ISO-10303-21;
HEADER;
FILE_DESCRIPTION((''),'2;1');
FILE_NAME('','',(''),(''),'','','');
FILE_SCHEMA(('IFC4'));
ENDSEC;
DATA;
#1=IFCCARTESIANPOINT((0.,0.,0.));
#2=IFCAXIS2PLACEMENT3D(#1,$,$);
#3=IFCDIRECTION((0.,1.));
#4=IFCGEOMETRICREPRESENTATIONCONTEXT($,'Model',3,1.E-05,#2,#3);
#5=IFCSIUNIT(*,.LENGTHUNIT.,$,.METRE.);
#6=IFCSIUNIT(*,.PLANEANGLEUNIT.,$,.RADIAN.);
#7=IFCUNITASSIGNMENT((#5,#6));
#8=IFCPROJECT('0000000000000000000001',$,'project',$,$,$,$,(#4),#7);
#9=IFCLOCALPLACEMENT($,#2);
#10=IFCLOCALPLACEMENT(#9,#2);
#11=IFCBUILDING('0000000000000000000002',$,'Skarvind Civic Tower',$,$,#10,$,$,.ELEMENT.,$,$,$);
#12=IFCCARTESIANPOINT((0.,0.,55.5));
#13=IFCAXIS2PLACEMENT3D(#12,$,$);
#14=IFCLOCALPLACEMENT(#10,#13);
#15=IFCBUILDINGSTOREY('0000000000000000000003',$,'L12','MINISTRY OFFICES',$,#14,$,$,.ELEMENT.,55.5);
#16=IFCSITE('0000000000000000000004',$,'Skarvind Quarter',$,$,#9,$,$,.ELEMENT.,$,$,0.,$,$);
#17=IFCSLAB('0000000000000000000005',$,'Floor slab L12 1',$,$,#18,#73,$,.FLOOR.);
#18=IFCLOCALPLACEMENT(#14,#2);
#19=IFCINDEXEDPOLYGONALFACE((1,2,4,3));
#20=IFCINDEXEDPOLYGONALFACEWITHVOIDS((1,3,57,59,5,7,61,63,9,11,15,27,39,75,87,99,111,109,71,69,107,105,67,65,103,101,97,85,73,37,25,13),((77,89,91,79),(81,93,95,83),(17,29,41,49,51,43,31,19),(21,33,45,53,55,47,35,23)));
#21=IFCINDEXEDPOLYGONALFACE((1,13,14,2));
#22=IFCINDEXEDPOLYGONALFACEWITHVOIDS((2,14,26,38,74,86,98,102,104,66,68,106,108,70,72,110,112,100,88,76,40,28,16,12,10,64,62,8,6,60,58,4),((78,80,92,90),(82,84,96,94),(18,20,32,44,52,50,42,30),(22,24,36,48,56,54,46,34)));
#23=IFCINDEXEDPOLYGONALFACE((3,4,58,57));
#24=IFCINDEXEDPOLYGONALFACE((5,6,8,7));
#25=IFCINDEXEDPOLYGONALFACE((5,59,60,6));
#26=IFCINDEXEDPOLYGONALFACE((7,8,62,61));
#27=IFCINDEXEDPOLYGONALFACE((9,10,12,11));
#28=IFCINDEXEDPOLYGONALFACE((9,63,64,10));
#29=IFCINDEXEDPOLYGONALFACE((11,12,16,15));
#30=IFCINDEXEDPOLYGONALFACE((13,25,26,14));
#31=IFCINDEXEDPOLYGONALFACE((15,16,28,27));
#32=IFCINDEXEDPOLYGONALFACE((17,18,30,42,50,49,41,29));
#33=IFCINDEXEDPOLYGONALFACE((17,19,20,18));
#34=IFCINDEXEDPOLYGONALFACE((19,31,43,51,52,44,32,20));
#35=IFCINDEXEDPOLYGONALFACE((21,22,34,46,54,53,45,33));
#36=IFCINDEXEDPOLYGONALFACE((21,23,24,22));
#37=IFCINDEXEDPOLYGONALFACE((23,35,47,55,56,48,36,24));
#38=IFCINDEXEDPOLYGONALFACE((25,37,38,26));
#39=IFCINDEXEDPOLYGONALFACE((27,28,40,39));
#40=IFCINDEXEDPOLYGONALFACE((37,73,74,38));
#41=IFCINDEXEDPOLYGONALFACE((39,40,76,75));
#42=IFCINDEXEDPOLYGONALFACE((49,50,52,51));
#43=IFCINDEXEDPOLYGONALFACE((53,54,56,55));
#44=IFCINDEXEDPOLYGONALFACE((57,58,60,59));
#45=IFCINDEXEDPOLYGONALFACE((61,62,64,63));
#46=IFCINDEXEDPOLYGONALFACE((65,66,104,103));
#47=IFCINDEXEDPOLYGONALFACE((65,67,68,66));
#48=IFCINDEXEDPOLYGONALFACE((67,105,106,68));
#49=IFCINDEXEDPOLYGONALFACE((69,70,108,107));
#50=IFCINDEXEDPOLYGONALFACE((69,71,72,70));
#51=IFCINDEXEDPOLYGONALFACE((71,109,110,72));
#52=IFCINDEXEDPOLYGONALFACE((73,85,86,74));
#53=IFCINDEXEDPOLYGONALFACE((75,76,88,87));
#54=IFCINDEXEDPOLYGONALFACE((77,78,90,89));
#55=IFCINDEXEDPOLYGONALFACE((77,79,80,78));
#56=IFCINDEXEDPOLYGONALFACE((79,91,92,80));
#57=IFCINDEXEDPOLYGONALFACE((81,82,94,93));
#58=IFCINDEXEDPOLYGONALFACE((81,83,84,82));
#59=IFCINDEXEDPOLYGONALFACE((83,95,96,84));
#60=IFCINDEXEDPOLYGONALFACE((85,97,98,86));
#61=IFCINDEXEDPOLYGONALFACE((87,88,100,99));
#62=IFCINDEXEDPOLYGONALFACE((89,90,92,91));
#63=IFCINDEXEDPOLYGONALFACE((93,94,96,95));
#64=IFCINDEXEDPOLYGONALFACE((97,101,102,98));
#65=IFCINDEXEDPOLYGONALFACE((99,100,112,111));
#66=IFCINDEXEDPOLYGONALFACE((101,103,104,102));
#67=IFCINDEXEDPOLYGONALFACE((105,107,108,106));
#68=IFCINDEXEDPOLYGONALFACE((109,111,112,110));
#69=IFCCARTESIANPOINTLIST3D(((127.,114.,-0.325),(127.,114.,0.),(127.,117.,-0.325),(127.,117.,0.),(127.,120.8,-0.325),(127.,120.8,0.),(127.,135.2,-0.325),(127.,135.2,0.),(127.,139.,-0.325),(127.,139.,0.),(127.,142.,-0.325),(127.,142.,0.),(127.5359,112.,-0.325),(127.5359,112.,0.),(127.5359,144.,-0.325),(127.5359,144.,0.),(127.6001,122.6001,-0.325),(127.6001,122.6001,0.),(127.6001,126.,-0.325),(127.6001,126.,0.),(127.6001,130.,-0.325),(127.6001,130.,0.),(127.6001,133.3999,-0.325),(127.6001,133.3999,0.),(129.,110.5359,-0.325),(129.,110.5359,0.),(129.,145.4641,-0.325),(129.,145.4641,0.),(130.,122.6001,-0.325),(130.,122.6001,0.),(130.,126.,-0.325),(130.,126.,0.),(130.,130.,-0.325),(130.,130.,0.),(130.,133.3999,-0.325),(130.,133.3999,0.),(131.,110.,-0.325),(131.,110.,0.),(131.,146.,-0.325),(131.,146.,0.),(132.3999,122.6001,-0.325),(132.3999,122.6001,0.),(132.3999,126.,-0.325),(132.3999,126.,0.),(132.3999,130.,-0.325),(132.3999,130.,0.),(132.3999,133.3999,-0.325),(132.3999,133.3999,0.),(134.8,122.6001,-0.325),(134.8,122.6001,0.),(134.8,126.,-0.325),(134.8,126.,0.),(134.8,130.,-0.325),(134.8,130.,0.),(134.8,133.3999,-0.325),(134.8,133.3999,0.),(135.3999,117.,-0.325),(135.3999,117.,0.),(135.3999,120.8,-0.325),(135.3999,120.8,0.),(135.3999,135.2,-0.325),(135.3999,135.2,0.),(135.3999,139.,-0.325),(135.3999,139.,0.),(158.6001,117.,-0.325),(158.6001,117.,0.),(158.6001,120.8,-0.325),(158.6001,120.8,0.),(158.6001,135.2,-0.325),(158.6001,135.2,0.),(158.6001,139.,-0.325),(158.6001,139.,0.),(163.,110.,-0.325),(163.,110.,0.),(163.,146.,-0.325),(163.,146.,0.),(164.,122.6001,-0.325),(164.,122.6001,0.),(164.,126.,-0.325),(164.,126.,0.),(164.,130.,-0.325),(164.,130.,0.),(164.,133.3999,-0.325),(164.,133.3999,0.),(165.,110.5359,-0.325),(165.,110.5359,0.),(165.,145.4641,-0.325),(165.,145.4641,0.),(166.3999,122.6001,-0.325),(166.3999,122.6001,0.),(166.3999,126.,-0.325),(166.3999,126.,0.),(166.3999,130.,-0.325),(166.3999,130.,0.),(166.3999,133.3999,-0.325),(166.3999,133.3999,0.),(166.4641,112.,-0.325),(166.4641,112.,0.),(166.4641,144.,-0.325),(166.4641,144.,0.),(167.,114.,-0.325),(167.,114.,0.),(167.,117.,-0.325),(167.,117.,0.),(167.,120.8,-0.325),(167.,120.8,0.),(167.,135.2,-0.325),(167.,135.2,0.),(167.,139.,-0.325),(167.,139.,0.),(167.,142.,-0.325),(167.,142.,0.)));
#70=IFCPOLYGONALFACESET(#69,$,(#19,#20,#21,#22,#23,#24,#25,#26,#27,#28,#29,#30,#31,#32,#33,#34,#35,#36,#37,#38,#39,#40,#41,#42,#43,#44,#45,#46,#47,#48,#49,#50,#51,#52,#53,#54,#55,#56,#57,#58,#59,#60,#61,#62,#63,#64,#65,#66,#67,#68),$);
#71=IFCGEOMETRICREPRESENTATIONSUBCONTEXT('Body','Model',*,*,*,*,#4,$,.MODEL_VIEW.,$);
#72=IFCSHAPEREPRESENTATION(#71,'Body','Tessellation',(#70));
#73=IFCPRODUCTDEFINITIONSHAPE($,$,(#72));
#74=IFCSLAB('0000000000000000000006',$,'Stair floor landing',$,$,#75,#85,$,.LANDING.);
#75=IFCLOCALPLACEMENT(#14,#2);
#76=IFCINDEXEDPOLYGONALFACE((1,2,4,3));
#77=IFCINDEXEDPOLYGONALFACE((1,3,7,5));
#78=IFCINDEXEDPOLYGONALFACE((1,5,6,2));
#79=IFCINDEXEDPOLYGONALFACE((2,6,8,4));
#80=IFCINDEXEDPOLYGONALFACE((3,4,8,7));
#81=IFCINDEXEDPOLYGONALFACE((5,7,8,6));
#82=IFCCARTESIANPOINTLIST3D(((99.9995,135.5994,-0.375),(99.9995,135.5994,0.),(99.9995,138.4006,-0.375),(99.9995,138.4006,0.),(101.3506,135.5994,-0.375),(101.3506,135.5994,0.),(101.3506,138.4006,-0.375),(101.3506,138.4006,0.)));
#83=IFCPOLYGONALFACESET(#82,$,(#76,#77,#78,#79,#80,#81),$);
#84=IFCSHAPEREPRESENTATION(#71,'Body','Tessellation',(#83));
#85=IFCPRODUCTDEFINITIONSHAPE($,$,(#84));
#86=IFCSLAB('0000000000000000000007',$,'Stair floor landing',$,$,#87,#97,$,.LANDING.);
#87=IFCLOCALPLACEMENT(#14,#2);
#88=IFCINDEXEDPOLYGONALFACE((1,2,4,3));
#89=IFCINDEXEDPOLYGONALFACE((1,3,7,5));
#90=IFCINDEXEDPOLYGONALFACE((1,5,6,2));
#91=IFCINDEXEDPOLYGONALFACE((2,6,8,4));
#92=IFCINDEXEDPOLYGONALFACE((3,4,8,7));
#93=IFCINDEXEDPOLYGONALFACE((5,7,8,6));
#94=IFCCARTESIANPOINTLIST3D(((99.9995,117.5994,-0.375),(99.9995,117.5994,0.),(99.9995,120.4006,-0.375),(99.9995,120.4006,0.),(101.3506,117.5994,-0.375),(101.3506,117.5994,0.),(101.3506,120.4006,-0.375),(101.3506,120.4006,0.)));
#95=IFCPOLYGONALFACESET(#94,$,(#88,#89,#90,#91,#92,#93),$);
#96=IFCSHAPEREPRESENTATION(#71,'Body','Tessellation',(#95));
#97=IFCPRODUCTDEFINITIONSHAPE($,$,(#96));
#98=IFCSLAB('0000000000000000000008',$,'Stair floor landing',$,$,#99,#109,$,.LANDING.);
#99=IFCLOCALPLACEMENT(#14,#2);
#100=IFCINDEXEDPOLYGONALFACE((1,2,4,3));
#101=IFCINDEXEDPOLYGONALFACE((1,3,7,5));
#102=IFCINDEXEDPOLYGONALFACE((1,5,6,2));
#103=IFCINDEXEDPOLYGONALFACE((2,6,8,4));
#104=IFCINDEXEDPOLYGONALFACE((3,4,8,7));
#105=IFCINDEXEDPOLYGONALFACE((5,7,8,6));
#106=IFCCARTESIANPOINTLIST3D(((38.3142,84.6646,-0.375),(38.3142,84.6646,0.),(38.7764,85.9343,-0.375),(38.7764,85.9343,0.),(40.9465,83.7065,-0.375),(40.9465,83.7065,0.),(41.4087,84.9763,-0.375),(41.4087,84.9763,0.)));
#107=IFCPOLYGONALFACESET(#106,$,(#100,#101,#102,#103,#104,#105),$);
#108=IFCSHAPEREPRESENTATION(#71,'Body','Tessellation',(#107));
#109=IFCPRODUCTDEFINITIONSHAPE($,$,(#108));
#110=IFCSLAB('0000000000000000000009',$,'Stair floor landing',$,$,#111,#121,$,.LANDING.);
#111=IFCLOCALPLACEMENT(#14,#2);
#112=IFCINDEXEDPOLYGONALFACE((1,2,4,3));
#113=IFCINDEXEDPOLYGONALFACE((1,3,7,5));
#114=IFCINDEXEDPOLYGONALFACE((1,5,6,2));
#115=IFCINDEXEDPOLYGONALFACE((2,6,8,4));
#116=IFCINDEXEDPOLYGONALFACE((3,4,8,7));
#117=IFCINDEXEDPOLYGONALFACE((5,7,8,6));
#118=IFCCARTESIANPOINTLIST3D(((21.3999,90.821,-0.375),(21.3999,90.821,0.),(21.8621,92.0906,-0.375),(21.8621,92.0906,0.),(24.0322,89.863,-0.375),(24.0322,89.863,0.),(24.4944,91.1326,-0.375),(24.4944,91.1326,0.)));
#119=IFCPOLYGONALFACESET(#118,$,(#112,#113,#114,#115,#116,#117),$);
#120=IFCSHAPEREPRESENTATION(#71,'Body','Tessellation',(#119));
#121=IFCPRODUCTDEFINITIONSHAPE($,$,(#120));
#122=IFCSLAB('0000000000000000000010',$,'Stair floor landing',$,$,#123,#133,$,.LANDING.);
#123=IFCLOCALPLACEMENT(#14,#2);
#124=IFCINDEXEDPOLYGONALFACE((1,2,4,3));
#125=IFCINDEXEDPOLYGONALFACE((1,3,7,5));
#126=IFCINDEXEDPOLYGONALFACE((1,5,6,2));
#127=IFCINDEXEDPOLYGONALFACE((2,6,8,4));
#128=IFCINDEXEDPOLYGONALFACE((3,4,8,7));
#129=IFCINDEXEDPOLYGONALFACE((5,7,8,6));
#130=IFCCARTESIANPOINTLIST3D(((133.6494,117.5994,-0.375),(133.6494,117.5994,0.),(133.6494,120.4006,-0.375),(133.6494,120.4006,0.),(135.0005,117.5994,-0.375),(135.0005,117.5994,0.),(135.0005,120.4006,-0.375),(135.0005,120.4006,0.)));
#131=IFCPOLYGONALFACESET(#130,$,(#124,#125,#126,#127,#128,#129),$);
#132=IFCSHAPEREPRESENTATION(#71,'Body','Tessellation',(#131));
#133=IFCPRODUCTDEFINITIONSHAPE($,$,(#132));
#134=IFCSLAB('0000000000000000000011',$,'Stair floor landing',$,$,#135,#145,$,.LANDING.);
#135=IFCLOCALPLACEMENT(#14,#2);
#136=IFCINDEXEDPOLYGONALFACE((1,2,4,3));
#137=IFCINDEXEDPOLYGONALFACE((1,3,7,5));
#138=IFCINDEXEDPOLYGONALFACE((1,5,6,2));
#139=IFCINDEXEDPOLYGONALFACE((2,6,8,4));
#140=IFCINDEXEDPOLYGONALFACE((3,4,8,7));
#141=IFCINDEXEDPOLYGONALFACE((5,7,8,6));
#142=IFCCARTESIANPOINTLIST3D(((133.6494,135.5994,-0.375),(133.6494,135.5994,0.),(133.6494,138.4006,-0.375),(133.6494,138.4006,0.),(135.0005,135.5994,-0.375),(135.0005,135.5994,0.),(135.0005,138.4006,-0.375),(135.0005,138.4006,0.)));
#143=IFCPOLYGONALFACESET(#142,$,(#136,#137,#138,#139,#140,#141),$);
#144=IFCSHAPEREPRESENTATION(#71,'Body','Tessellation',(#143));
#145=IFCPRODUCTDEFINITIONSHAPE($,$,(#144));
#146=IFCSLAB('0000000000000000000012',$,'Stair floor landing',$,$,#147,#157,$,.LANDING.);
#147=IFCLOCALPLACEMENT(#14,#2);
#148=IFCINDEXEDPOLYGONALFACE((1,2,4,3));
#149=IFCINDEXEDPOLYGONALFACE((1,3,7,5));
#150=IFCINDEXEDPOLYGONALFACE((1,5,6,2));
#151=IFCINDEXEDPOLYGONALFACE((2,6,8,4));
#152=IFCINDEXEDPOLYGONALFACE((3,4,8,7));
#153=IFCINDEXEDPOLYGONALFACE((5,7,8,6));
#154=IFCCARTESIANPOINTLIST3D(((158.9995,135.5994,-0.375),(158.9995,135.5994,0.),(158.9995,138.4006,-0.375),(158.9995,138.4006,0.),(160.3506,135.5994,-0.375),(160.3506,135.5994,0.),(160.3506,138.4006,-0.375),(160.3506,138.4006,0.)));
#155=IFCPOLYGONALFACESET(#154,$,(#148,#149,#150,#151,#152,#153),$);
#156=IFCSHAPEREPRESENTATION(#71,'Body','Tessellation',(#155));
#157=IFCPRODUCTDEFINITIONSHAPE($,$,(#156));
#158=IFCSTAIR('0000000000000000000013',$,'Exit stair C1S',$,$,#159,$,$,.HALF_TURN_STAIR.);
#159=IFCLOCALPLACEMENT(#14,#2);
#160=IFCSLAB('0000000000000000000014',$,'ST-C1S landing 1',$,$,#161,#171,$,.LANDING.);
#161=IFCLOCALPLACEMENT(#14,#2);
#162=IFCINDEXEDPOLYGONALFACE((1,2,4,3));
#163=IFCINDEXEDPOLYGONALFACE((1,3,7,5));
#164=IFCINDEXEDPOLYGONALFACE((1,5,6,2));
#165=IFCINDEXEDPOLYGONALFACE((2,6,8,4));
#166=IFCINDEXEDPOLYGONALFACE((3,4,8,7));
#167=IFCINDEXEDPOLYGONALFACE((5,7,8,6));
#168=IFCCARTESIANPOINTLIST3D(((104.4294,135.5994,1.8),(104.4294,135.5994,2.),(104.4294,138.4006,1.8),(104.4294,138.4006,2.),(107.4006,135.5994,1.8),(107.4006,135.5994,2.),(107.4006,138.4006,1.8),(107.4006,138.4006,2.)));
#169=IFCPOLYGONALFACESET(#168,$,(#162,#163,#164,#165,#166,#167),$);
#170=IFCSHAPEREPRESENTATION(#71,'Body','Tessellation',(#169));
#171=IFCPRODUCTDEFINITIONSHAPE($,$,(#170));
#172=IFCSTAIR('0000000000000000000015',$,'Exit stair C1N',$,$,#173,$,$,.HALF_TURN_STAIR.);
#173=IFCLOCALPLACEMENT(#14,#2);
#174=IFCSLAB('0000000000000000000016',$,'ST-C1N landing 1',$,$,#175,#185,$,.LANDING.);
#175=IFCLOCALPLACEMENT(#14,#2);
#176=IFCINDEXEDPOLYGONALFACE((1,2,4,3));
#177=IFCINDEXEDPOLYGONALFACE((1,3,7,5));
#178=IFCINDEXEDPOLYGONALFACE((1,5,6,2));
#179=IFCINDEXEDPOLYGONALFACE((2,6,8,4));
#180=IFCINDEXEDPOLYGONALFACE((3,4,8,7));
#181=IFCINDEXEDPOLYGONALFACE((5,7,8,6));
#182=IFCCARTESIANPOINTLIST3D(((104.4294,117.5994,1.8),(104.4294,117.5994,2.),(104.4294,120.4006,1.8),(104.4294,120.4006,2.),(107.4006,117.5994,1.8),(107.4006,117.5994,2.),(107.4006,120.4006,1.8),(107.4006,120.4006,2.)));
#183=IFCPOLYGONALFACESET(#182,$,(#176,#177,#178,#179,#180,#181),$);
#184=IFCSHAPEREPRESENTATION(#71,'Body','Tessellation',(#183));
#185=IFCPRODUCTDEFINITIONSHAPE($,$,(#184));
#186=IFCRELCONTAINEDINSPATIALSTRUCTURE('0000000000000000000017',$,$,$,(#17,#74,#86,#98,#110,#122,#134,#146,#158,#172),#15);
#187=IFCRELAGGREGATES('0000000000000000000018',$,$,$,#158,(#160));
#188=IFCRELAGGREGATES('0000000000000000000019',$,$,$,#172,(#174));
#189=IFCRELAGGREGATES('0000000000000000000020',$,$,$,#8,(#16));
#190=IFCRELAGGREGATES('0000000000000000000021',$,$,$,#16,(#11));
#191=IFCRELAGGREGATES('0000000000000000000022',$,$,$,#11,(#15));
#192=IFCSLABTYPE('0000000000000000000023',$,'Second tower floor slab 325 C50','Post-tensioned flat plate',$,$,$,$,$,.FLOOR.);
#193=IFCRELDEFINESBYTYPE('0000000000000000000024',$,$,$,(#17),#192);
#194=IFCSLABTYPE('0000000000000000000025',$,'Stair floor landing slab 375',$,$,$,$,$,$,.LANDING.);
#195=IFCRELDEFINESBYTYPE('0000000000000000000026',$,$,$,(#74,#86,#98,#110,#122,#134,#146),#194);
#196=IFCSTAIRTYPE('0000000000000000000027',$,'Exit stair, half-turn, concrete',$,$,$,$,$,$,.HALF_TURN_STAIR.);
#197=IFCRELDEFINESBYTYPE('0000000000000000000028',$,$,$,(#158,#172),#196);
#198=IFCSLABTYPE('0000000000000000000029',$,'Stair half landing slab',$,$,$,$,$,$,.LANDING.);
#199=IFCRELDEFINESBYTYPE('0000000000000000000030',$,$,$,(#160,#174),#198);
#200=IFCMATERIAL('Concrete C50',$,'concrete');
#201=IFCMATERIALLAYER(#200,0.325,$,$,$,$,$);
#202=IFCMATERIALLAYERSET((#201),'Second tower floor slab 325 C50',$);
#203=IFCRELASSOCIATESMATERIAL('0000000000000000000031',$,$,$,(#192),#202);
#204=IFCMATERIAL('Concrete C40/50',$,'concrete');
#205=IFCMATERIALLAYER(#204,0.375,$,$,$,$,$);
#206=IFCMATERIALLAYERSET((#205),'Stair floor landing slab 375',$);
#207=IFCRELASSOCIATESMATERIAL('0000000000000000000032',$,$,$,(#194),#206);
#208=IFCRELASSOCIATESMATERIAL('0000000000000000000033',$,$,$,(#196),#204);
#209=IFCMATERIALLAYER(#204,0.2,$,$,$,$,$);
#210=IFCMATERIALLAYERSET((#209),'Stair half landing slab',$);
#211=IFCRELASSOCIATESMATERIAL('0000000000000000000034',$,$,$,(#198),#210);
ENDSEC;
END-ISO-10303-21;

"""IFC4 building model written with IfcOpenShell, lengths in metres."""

from ifc_helpers import new_model, si_unit, direction, frame, origin, place, context, subcontext, project, spatial, polyline, outline, extrude, material, layer, layer_set, type_object, element, aggregate, save


model = new_model("IFC4")

# Units and contexts
model_context = context("Model", 3, precision=1e-05, world=origin(), true_north=direction((0.0, 1.0)))
body_context = subcontext(model_context, "Body", "Model", "MODEL_VIEW")
ifc_project = project(units=[si_unit("LENGTHUNIT", "METRE"), si_unit("PLANEANGLEUNIT", "RADIAN")], contexts=[model_context])

# Site, building, storey
site_placement = place(None, origin())
site = spatial("IfcSite", under=ifc_project, at=site_placement, Name="Skarvind Quarter", CompositionType="ELEMENT", RefElevation=0.0)
building_placement = place(site_placement, origin())
building = spatial("IfcBuilding", under=site, at=building_placement, Name="Skarvind Civic Tower", CompositionType="ELEMENT")
storey_placement = place(building_placement, frame((0.0, 0.0, 55.5)))
storey = spatial("IfcBuildingStorey", under=building, at=storey_placement, Name="L12", Description="MINISTRY OFFICES", CompositionType="ELEMENT", Elevation=55.5)

# Slabs
ifc_material_1 = material(Name="Concrete C50", Category="concrete")
ifc_layer_1 = layer(ifc_material_1, 0.325)
ifc_layer_set_1 = layer_set([ifc_layer_1], Name="Second tower floor slab 325 C50")
slab_type_1 = type_object("IfcSlabType", Name="Second tower floor slab 325 C50", Description="Post-tensioned flat plate", PredefinedType="FLOOR", material=ifc_layer_set_1)
slab_1_placement = place(storey_placement, frame((0.0, 0.0, -0.325)))
element("IfcSlab", 1, at=slab_1_placement, inside=storey, type_object=slab_type_1, Name="Floor slab L12 1", PredefinedType="FLOOR", context=body_context, shape_type="SweptSolid", body=[
    extrude(outline(polyline([(127.0, 139.0), (135.3999, 139.0), (135.3999, 135.2), (127.0, 135.2), (127.0, 120.8), (135.3999, 120.8), (135.3999, 117.0), (127.0, 117.0), (127.0, 114.0), (127.5359, 112.0), (129.0, 110.5359), (131.0, 110.0), (163.0, 110.0), (165.0, 110.5359), (166.4641, 112.0), (167.0, 114.0), (167.0, 117.0), (158.6001, 117.0), (158.6001, 120.8), (167.0, 120.8), (167.0, 135.2), (158.6001, 135.2), (158.6001, 139.0), (167.0, 139.0), (167.0, 142.0), (166.4641, 144.0), (165.0, 145.4641), (163.0, 146.0), (131.0, 146.0), (129.0, 145.4641), (127.5359, 144.0), (127.0, 142.0), (127.0, 139.0)]), holes=[polyline([(132.3999, 126.0), (134.8, 126.0), (134.8, 122.6001), (132.3999, 122.6001), (130.0, 122.6001), (127.6001, 122.6001), (127.6001, 126.0), (130.0, 126.0), (132.3999, 126.0)]), polyline([(130.0, 133.3999), (132.3999, 133.3999), (134.8, 133.3999), (134.8, 130.0), (132.3999, 130.0), (130.0, 130.0), (127.6001, 130.0), (127.6001, 133.3999), (130.0, 133.3999)]), polyline([(166.3999, 126.0), (166.3999, 122.6001), (164.0, 122.6001), (164.0, 126.0), (166.3999, 126.0)]), polyline([(166.3999, 133.3999), (166.3999, 130.0), (164.0, 130.0), (164.0, 133.3999), (166.3999, 133.3999)])]), origin(), (0.0, 0.0, 1.0), 0.325),
])
ifc_material_2 = material(Name="Concrete C40/50", Category="concrete")
ifc_layer_2 = layer(ifc_material_2, 0.375)
ifc_layer_set_2 = layer_set([ifc_layer_2], Name="Stair floor landing slab 375")
slab_type_2 = type_object("IfcSlabType", Name="Stair floor landing slab 375", PredefinedType="LANDING", material=ifc_layer_set_2)
slab_2_placement = place(storey_placement, frame((0.0, 0.0, -0.375)))
element("IfcSlab", 2, at=slab_2_placement, inside=storey, type_object=slab_type_2, Name="Stair floor landing", PredefinedType="LANDING", context=body_context, shape_type="SweptSolid", body=[
    extrude(outline(polyline([(101.3506, 138.4006), (101.3506, 135.5994), (99.9995, 135.5994), (99.9995, 138.4006), (101.3506, 138.4006)])), origin(), (0.0, 0.0, 1.0), 0.375),
])
slab_3_placement = place(storey_placement, frame((0.0, 0.0, -0.375)))
element("IfcSlab", 3, at=slab_3_placement, inside=storey, type_object=slab_type_2, Name="Stair floor landing", PredefinedType="LANDING", context=body_context, shape_type="SweptSolid", body=[
    extrude(outline(polyline([(101.3506, 120.4006), (101.3506, 117.5994), (99.9995, 117.5994), (99.9995, 120.4006), (101.3506, 120.4006)])), origin(), (0.0, 0.0, 1.0), 0.375),
])
slab_4_placement = place(storey_placement, frame((0.0, 0.0, -0.375)))
element("IfcSlab", 4, at=slab_4_placement, inside=storey, type_object=slab_type_2, Name="Stair floor landing", PredefinedType="LANDING", context=body_context, shape_type="SweptSolid", body=[
    extrude(outline(polyline([(40.9465, 83.7065), (38.3142, 84.6646), (38.7764, 85.9343), (41.4087, 84.9763), (40.9465, 83.7065)])), origin(), (0.0, 0.0, 1.0), 0.375),
])
slab_5_placement = place(storey_placement, frame((0.0, 0.0, -0.375)))
element("IfcSlab", 5, at=slab_5_placement, inside=storey, type_object=slab_type_2, Name="Stair floor landing", PredefinedType="LANDING", context=body_context, shape_type="SweptSolid", body=[
    extrude(outline(polyline([(24.0322, 89.863), (21.3999, 90.821), (21.8621, 92.0906), (24.4944, 91.1326), (24.0322, 89.863)])), origin(), (0.0, 0.0, 1.0), 0.375),
])
slab_6_placement = place(storey_placement, frame((0.0, 0.0, -0.375)))
element("IfcSlab", 6, at=slab_6_placement, inside=storey, type_object=slab_type_2, Name="Stair floor landing", PredefinedType="LANDING", context=body_context, shape_type="SweptSolid", body=[
    extrude(outline(polyline([(133.6494, 117.5994), (133.6494, 120.4006), (135.0005, 120.4006), (135.0005, 117.5994), (133.6494, 117.5994)])), origin(), (0.0, 0.0, 1.0), 0.375),
])
slab_7_placement = place(storey_placement, frame((0.0, 0.0, -0.375)))
element("IfcSlab", 7, at=slab_7_placement, inside=storey, type_object=slab_type_2, Name="Stair floor landing", PredefinedType="LANDING", context=body_context, shape_type="SweptSolid", body=[
    extrude(outline(polyline([(133.6494, 135.5994), (133.6494, 138.4006), (135.0005, 138.4006), (135.0005, 135.5994), (133.6494, 135.5994)])), origin(), (0.0, 0.0, 1.0), 0.375),
])
slab_8_placement = place(storey_placement, frame((0.0, 0.0, -0.375)))
element("IfcSlab", 8, at=slab_8_placement, inside=storey, type_object=slab_type_2, Name="Stair floor landing", PredefinedType="LANDING", context=body_context, shape_type="SweptSolid", body=[
    extrude(outline(polyline([(160.3506, 138.4006), (160.3506, 135.5994), (158.9995, 135.5994), (158.9995, 138.4006), (160.3506, 138.4006)])), origin(), (0.0, 0.0, 1.0), 0.375),
])

# Stairs, slabs
stair_type = type_object("IfcStairType", Name="Exit stair, half-turn, concrete", PredefinedType="HALF_TURN_STAIR", material=ifc_material_2)
stair_1_placement = place(storey_placement, origin())
stair_1 = element("IfcStair", 9, at=stair_1_placement, inside=storey, type_object=stair_type, Name="Exit stair C1S", PredefinedType="HALF_TURN_STAIR")
ifc_layer_3 = layer(ifc_material_2, 0.2)
ifc_layer_set_3 = layer_set([ifc_layer_3], Name="Stair half landing slab")
slab_type_3 = type_object("IfcSlabType", Name="Stair half landing slab", PredefinedType="LANDING", material=ifc_layer_set_3)
slab_9_placement = place(storey_placement, frame((0.0, 0.0, 1.8)))
slab_9 = element("IfcSlab", 10, at=slab_9_placement, type_object=slab_type_3, Name="ST-C1S landing 1", PredefinedType="LANDING", context=body_context, shape_type="SweptSolid", body=[
    extrude(outline(polyline([(104.4294, 135.5994), (104.4294, 138.4006), (107.4006, 138.4006), (107.4006, 135.5994), (104.4294, 135.5994)])), origin(), (0.0, 0.0, 1.0), 0.2),
])
aggregate(stair_1, [slab_9])
stair_2_placement = place(storey_placement, origin())
stair_2 = element("IfcStair", 11, at=stair_2_placement, inside=storey, type_object=stair_type, Name="Exit stair C1N", PredefinedType="HALF_TURN_STAIR")
slab_10_placement = place(storey_placement, frame((0.0, 0.0, 1.8)))
slab_10 = element("IfcSlab", 12, at=slab_10_placement, type_object=slab_type_3, Name="ST-C1N landing 1", PredefinedType="LANDING", context=body_context, shape_type="SweptSolid", body=[
    extrude(outline(polyline([(104.4294, 117.5994), (104.4294, 120.4006), (107.4006, 120.4006), (107.4006, 117.5994), (104.4294, 117.5994)])), origin(), (0.0, 0.0, 1.0), 0.2),
])
aggregate(stair_2, [slab_10])

save(model, "model.ifc")
